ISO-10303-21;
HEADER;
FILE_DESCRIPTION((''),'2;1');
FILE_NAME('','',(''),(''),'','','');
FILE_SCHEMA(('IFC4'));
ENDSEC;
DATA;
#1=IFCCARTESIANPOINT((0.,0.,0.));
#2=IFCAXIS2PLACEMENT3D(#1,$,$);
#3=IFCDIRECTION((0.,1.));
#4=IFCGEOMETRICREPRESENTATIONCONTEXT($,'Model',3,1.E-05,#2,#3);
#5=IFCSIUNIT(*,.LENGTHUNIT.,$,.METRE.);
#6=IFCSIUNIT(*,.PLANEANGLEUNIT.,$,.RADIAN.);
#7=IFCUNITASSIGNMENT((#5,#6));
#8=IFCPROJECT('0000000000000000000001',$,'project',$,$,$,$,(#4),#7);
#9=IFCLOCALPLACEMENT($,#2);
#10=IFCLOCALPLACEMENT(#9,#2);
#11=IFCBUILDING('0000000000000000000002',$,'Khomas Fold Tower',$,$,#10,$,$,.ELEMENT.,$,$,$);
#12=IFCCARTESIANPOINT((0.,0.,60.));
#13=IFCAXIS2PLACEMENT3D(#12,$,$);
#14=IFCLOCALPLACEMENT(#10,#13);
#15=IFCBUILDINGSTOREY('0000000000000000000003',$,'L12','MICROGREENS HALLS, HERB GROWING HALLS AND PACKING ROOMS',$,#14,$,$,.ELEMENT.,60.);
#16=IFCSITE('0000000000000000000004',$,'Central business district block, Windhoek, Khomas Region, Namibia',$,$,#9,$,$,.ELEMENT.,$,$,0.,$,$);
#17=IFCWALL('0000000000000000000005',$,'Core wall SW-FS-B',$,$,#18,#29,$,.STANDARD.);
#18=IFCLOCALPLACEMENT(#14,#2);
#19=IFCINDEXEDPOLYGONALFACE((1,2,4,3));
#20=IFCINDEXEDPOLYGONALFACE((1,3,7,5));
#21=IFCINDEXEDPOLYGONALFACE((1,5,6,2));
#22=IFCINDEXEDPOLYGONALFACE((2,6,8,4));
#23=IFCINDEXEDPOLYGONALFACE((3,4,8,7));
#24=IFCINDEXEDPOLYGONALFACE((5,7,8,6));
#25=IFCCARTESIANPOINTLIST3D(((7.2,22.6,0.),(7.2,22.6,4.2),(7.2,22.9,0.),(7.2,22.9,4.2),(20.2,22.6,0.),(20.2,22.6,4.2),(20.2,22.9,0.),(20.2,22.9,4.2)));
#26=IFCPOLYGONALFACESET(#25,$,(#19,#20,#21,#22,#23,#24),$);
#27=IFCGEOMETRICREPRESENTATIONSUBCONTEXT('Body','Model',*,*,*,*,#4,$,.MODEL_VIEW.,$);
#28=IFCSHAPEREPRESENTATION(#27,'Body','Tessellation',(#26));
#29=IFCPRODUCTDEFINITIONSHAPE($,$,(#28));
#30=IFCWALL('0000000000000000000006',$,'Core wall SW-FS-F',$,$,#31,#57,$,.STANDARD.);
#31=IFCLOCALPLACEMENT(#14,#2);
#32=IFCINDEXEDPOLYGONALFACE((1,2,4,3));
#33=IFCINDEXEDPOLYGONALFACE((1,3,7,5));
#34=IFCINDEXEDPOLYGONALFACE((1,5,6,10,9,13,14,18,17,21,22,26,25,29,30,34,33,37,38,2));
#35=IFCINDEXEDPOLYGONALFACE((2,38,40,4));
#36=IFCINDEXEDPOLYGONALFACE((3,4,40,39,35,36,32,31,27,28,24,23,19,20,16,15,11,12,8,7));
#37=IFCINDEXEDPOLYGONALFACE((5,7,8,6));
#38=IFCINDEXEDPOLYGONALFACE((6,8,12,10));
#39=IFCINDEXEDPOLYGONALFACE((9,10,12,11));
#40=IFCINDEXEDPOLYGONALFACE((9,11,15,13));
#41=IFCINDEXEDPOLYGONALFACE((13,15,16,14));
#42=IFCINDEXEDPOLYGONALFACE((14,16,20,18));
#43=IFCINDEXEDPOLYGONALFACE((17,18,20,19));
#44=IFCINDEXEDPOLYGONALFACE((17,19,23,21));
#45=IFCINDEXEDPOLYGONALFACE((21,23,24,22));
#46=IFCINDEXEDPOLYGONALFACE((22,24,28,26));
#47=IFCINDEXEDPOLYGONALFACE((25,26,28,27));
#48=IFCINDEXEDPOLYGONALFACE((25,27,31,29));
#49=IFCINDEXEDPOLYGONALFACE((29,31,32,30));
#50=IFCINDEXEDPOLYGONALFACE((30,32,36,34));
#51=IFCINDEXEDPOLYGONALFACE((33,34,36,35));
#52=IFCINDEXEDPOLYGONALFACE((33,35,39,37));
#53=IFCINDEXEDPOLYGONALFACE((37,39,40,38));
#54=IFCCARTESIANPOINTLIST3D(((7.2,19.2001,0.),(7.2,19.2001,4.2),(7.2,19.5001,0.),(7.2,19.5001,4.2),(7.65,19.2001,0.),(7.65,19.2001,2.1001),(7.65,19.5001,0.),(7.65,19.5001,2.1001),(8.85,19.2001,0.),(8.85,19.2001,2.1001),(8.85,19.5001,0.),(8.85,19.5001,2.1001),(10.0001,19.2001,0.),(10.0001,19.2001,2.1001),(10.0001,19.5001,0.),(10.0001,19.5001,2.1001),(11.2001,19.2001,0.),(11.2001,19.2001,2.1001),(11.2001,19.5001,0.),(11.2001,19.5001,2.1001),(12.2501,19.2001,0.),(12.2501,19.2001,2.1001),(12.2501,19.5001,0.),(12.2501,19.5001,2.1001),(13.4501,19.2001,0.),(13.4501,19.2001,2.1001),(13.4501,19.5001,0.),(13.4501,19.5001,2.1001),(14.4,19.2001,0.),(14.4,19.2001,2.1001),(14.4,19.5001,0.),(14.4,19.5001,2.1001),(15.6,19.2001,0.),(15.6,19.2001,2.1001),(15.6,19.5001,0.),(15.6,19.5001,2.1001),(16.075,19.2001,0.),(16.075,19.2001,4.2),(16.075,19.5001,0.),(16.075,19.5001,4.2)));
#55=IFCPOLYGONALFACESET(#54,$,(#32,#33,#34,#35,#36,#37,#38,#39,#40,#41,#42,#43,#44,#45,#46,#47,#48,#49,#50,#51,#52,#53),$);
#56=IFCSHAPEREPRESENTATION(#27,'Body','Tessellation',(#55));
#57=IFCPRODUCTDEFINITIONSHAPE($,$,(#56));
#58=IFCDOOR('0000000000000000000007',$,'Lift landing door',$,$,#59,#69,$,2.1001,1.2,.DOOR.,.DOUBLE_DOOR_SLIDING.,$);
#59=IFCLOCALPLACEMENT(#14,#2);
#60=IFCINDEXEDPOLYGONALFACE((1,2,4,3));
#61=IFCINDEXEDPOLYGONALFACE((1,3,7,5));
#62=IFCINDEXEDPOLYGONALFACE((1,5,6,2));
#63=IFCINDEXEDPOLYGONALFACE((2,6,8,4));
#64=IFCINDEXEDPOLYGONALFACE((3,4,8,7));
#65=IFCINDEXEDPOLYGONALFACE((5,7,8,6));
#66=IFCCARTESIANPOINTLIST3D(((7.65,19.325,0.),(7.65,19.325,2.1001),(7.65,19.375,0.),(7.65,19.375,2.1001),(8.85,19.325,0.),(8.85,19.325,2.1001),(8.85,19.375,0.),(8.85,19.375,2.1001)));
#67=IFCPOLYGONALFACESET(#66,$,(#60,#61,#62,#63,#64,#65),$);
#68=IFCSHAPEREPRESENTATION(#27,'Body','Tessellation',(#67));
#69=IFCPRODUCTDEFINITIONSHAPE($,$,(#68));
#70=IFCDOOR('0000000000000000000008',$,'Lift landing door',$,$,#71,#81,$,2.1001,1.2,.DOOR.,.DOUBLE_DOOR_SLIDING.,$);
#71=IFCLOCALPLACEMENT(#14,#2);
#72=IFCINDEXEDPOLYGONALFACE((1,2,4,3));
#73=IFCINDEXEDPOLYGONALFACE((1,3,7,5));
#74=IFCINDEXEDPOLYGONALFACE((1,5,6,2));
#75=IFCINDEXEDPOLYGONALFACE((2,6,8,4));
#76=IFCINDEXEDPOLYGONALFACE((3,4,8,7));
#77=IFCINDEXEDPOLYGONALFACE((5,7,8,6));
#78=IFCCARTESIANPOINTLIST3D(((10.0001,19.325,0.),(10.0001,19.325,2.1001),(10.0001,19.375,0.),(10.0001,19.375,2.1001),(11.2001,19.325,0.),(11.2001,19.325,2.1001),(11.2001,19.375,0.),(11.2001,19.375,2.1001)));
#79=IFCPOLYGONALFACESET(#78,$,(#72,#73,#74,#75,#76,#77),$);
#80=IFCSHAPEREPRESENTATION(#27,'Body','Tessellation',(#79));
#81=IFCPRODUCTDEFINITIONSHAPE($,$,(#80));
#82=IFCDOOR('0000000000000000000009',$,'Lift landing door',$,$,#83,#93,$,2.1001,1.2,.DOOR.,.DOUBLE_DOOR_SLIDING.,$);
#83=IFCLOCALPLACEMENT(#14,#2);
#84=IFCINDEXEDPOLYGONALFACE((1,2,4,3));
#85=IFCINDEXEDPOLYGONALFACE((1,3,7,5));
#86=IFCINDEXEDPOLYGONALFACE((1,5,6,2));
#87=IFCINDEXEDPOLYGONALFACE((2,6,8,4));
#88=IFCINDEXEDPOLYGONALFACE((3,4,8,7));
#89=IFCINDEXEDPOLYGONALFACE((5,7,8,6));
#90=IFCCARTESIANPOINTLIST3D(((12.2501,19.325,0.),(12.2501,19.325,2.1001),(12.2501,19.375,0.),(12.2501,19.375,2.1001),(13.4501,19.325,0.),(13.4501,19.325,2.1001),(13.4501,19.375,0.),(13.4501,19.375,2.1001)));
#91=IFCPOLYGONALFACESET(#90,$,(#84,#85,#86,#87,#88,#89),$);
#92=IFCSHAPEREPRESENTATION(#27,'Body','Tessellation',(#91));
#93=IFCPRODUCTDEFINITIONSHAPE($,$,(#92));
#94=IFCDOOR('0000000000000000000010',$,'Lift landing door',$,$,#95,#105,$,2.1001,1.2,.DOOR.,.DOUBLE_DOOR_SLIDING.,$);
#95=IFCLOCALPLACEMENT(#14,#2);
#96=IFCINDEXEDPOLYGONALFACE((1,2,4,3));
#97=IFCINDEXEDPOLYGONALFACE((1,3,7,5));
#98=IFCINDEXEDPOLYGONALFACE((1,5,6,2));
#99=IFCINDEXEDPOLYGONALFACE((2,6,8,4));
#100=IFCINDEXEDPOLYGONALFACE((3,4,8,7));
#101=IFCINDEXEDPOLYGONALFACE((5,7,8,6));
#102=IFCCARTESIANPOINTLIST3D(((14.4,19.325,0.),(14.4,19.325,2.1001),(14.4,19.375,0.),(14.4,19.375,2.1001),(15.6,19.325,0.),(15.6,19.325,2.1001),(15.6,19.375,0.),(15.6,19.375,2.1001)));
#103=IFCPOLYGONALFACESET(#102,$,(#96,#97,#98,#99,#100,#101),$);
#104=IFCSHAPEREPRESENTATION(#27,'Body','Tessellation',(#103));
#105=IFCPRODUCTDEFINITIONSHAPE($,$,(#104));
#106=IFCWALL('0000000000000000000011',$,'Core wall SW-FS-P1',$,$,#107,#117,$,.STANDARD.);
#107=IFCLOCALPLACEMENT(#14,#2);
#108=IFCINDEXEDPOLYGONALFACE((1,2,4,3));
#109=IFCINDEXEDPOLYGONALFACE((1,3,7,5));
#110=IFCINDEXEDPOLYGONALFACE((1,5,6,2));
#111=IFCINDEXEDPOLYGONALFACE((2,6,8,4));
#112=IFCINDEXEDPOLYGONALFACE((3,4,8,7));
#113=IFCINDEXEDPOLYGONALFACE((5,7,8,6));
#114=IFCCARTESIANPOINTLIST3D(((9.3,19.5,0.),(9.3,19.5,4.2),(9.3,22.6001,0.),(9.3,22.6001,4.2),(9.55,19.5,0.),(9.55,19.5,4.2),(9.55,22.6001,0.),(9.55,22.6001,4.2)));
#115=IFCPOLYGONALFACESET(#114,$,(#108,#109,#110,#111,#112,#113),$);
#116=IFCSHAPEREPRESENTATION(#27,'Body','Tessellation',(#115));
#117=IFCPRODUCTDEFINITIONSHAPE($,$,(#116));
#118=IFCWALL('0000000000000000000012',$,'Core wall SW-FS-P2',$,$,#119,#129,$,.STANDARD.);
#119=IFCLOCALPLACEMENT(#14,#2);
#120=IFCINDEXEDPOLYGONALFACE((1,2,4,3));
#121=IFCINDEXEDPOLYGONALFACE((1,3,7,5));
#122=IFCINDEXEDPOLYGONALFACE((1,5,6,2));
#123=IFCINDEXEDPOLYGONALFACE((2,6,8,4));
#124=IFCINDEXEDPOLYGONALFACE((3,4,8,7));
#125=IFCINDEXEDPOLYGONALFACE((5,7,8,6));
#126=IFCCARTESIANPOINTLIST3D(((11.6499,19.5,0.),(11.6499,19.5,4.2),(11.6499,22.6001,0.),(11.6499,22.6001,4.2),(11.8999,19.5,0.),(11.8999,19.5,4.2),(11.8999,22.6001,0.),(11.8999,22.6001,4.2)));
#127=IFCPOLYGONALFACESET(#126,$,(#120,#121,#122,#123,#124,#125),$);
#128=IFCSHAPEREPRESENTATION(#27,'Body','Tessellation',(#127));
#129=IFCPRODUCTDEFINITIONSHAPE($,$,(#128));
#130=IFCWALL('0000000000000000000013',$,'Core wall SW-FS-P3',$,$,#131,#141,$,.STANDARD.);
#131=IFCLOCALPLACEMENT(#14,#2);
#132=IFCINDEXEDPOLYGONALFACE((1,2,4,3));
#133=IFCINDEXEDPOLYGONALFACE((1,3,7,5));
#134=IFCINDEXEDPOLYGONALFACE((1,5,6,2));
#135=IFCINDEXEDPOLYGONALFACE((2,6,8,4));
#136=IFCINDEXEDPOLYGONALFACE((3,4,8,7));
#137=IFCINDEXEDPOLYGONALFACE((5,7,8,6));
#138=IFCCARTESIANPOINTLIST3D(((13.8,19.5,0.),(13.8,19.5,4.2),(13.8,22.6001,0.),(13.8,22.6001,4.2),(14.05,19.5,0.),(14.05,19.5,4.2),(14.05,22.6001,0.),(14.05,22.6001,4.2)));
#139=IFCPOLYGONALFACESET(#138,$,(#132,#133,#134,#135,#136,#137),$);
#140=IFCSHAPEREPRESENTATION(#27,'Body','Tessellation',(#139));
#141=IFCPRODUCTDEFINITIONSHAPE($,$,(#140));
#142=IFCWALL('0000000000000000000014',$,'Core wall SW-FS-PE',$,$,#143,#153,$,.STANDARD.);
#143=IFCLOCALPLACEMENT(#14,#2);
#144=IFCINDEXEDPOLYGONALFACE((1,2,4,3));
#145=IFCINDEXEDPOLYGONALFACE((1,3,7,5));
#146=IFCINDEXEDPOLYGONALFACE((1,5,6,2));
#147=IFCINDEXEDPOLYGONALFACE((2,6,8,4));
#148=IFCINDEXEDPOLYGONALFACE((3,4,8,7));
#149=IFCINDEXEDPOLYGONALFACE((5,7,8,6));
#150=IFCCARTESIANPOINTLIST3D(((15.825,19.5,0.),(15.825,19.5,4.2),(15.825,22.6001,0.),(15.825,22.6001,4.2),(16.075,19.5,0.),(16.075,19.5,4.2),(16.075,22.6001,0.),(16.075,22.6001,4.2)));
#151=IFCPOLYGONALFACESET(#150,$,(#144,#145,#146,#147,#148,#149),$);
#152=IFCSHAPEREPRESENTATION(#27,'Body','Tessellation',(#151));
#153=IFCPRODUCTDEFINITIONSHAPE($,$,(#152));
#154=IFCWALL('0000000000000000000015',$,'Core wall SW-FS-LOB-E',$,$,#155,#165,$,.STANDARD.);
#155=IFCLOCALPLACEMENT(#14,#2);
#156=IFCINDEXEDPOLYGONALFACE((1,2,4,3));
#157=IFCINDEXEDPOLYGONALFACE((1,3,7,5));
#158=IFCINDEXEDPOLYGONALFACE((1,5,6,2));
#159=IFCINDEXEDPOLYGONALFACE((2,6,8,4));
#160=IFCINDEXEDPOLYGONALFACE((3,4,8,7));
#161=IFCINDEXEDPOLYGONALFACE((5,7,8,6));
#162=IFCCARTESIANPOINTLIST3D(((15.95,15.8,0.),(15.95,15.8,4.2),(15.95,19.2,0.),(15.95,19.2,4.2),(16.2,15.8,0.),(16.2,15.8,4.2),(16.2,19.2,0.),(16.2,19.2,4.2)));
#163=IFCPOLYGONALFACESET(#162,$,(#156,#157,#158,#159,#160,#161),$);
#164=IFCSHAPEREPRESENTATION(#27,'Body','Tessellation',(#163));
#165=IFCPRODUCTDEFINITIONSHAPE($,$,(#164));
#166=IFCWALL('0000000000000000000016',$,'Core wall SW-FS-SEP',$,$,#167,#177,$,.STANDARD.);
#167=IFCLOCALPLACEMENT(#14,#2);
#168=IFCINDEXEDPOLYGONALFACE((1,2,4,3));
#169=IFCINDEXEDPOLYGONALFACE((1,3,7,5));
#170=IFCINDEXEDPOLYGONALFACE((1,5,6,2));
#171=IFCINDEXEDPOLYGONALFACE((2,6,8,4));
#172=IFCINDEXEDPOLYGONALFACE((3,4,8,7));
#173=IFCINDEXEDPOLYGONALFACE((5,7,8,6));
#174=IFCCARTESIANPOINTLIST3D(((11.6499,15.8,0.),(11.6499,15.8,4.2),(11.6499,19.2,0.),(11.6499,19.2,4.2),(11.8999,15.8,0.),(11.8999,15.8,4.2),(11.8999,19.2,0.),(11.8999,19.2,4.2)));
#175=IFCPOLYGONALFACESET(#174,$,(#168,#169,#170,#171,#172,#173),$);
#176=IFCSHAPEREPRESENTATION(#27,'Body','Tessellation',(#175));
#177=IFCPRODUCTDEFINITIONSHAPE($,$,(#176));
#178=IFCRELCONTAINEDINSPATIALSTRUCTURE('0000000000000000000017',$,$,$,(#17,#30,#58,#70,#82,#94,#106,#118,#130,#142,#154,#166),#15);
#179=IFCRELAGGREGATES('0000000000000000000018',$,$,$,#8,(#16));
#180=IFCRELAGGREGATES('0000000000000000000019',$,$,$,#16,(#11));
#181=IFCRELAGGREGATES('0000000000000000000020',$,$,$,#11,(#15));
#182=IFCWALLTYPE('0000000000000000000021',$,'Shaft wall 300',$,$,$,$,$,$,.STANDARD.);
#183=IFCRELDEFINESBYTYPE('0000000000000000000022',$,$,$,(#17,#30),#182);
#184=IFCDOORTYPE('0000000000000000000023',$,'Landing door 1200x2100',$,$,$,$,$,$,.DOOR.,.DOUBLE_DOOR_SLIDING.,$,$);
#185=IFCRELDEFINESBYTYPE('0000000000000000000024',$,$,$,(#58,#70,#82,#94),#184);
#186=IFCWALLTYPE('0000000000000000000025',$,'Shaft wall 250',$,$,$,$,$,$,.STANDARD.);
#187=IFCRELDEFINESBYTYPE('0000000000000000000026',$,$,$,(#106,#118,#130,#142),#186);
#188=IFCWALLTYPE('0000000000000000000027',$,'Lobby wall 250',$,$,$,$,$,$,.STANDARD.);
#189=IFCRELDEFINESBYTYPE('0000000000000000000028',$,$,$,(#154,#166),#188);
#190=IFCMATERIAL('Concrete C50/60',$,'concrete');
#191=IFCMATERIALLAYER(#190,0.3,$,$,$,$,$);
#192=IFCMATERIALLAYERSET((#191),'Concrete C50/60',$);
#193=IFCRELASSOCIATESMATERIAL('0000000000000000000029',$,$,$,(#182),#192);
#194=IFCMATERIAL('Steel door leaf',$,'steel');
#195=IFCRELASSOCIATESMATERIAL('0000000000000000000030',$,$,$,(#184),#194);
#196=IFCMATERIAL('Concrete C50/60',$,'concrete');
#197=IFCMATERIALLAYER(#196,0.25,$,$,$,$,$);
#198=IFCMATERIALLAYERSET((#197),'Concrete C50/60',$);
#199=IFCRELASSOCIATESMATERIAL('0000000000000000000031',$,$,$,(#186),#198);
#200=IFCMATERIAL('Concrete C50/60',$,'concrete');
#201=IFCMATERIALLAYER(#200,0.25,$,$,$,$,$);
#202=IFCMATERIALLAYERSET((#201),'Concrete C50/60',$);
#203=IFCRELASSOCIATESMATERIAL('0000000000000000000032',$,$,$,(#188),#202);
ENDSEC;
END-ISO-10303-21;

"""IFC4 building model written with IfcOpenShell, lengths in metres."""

from ifc_helpers import new_model, si_unit, direction, frame, frame_2d, origin, place, context, subcontext, project, spatial, rectangle, extrude, source, transform, mapped, material, layer, layer_set, type_object, element, fill, save


model = new_model("IFC4")

# Units and contexts
model_context = context("Model", 3, precision=1e-05, world=origin(), true_north=direction((0.0, 1.0)))
body_context = subcontext(model_context, "Body", "Model", "MODEL_VIEW")
ifc_project = project(units=[si_unit("LENGTHUNIT", "METRE"), si_unit("PLANEANGLEUNIT", "RADIAN")], contexts=[model_context])

# Site, building, storey
site_placement = place(None, origin())
site = spatial("IfcSite", under=ifc_project, at=site_placement, Name="Central business district block, Windhoek, Khomas Region, Namibia", CompositionType="ELEMENT", RefElevation=0.0)
building_placement = place(site_placement, origin())
building = spatial("IfcBuilding", under=site, at=building_placement, Name="Khomas Fold Tower", CompositionType="ELEMENT")
storey_placement = place(building_placement, frame((0.0, 0.0, 60.0)))
storey = spatial("IfcBuildingStorey", under=building, at=storey_placement, Name="L12", Description="MICROGREENS HALLS, HERB GROWING HALLS AND PACKING ROOMS", CompositionType="ELEMENT", Elevation=60.0)

# Wall
ifc_material_1 = material(Name="Concrete C50/60", Category="concrete")
ifc_layer_1 = layer(ifc_material_1, 0.3)
ifc_layer_set_1 = layer_set([ifc_layer_1], Name="Concrete C50/60")
wall_type_1 = type_object("IfcWallType", Name="Shaft wall 300", PredefinedType="STANDARD", material=ifc_layer_set_1)
shared_shape_1 = source(origin(), body_context, "Body", "SweptSolid", [
    extrude(rectangle(XDim=13.0, YDim=0.3, at=frame_2d((6.5, 0.0))), origin(), (0.0, 0.0, 1.0), 4.2),
])
wall_1_placement = place(storey_placement, frame((7.2, 22.75, 0.0), z_axis=(0.0, 0.0, 1.0), x_axis=(1.0, 0.0, 0.0)))
element("IfcWall", 1, at=wall_1_placement, inside=storey, type_object=wall_type_1, Name="Core wall SW-FS-B", PredefinedType="STANDARD", context=body_context, shape_type="MappedRepresentation", body=[
    mapped(shared_shape_1, transform((0.0, 0.0, 0.0))),
])

# Wall, openings, doors
shared_shape_2 = source(origin(), body_context, "Body", "SweptSolid", [
    extrude(rectangle(XDim=8.875, YDim=0.3, at=frame_2d((4.4375, 0.0))), origin(), (0.0, 0.0, 1.0), 4.2),
])
wall_2_placement = place(storey_placement, frame((7.2, 19.3501, 0.0), z_axis=(0.0, 0.0, 1.0), x_axis=(1.0, 0.0, 0.0)))
wall_2 = element("IfcWall", 2, at=wall_2_placement, inside=storey, type_object=wall_type_1, Name="Core wall SW-FS-F", PredefinedType="STANDARD", context=body_context, shape_type="MappedRepresentation", body=[
    mapped(shared_shape_2, transform((0.0, 0.0, 0.0))),
])
shared_shape_3 = source(origin(), body_context, "Body", "SweptSolid", [
    extrude(rectangle(XDim=1.2, YDim=2.1001, at=frame_2d((0.6001, 1.05))), frame((0.0, 0.1599, 0.0), z_axis=(0.0, -1.0, 0.0), x_axis=(1.0, 0.0, 0.0)), (0.0, 0.0, 1.0), 0.3201),
])
opening_1_placement = place(wall_2_placement, frame((0.45, 0.0, 0.0)))
opening_1 = element("IfcOpeningElement", 3, at=opening_1_placement, cuts=wall_2, PredefinedType="OPENING", context=body_context, shape_type="MappedRepresentation", body=[
    mapped(shared_shape_3, transform((0.0, 0.0, 0.0))),
])
opening_2_placement = place(wall_2_placement, frame((2.8, 0.0, 0.0)))
opening_2 = element("IfcOpeningElement", 4, at=opening_2_placement, cuts=wall_2, PredefinedType="OPENING", context=body_context, shape_type="MappedRepresentation", body=[
    mapped(shared_shape_3, transform((0.0, 0.0, 0.0))),
])
opening_3_placement = place(wall_2_placement, frame((5.05, 0.0, 0.0)))
opening_3 = element("IfcOpeningElement", 5, at=opening_3_placement, cuts=wall_2, PredefinedType="OPENING", context=body_context, shape_type="MappedRepresentation", body=[
    mapped(shared_shape_3, transform((0.0, 0.0, 0.0))),
])
opening_4_placement = place(wall_2_placement, frame((7.2, 0.0, 0.0)))
opening_4 = element("IfcOpeningElement", 6, at=opening_4_placement, cuts=wall_2, PredefinedType="OPENING", context=body_context, shape_type="MappedRepresentation", body=[
    mapped(shared_shape_3, transform((0.0, 0.0, 0.0))),
])
ifc_material_2 = material(Name="Steel door leaf", Category="steel")
door_type_1 = type_object("IfcDoorType", Name="Landing door 1200x2100", OperationType="DOUBLE_DOOR_SLIDING", PredefinedType="DOOR", material=ifc_material_2)
shared_shape_4 = source(origin(), body_context, "Body", "SweptSolid", [
    extrude(rectangle(XDim=1.2, YDim=2.1001, at=frame_2d((0.6001, 1.05))), frame((0.0, 0.0249, 0.0), z_axis=(0.0, -1.0, 0.0), x_axis=(1.0, 0.0, 0.0)), (0.0, 0.0, 1.0), 0.05),
])
door_1_placement = place(opening_1_placement, origin())
door_1 = element("IfcDoor", 7, at=door_1_placement, inside=storey, type_object=door_type_1, Name="Lift landing door", OperationType="DOUBLE_DOOR_SLIDING", OverallHeight=2.1001, OverallWidth=1.2, PredefinedType="DOOR", context=body_context, shape_type="MappedRepresentation", body=[
    mapped(shared_shape_4, transform((0.0, 0.0, 0.0))),
])
fill(opening_1, door_1)
door_2_placement = place(opening_2_placement, origin())
door_2 = element("IfcDoor", 8, at=door_2_placement, inside=storey, type_object=door_type_1, Name="Lift landing door", OperationType="DOUBLE_DOOR_SLIDING", OverallHeight=2.1001, OverallWidth=1.2, PredefinedType="DOOR", context=body_context, shape_type="MappedRepresentation", body=[
    mapped(shared_shape_4, transform((0.0, 0.0, 0.0))),
])
fill(opening_2, door_2)
door_3_placement = place(opening_3_placement, origin())
door_3 = element("IfcDoor", 9, at=door_3_placement, inside=storey, type_object=door_type_1, Name="Lift landing door", OperationType="DOUBLE_DOOR_SLIDING", OverallHeight=2.1001, OverallWidth=1.2, PredefinedType="DOOR", context=body_context, shape_type="MappedRepresentation", body=[
    mapped(shared_shape_4, transform((0.0, 0.0, 0.0))),
])
fill(opening_3, door_3)
door_4_placement = place(opening_4_placement, origin())
door_4 = element("IfcDoor", 10, at=door_4_placement, inside=storey, type_object=door_type_1, Name="Lift landing door", OperationType="DOUBLE_DOOR_SLIDING", OverallHeight=2.1001, OverallWidth=1.2, PredefinedType="DOOR", context=body_context, shape_type="MappedRepresentation", body=[
    mapped(shared_shape_4, transform((0.0, 0.0, 0.0))),
])
fill(opening_4, door_4)

# Walls
ifc_material_3 = material(Name="Concrete C50/60", Category="concrete")
ifc_layer_2 = layer(ifc_material_3, 0.25)
ifc_layer_set_2 = layer_set([ifc_layer_2], Name="Concrete C50/60")
wall_type_2 = type_object("IfcWallType", Name="Shaft wall 250", PredefinedType="STANDARD", material=ifc_layer_set_2)
shared_shape_5 = source(origin(), body_context, "Body", "SweptSolid", [
    extrude(rectangle(XDim=3.1001, YDim=0.25, at=frame_2d((1.55, 0.0))), origin(), (0.0, 0.0, 1.0), 4.2),
])
for number, where, z_axis, x_axis, name in (
    (11, (9.425, 19.5, 0.0), (0.0, 0.0, 1.0), (0.0, 1.0, 0.0), "Core wall SW-FS-P1"),
    (12, (11.7749, 19.5, 0.0), (0.0, 0.0, 1.0), (0.0, 1.0, 0.0), "Core wall SW-FS-P2"),
    (13, (13.925, 19.5, 0.0), (0.0, 0.0, 1.0), (0.0, 1.0, 0.0), "Core wall SW-FS-P3"),
    (14, (15.95, 19.5, 0.0), (0.0, 0.0, 1.0), (0.0, 1.0, 0.0), "Core wall SW-FS-PE"),
):
    element("IfcWall", number, at=place(storey_placement, frame(where, z_axis=z_axis, x_axis=x_axis)), inside=storey, type_object=wall_type_2, Name=name, PredefinedType="STANDARD", context=body_context, shape_type="MappedRepresentation", body=[
        mapped(shared_shape_5, transform((0.0, 0.0, 0.0))),
    ])
ifc_material_4 = material(Name="Concrete C50/60", Category="concrete")
ifc_layer_3 = layer(ifc_material_4, 0.25)
ifc_layer_set_3 = layer_set([ifc_layer_3], Name="Concrete C50/60")
wall_type_3 = type_object("IfcWallType", Name="Lobby wall 250", PredefinedType="STANDARD", material=ifc_layer_set_3)
shared_shape_6 = source(origin(), body_context, "Body", "SweptSolid", [
    extrude(rectangle(XDim=3.3999, YDim=0.25, at=frame_2d((1.7, 0.0))), origin(), (0.0, 0.0, 1.0), 4.2),
])
for number, where, z_axis, x_axis, name in (
    (15, (16.075, 15.8, 0.0), (0.0, 0.0, 1.0), (0.0, 1.0, 0.0), "Core wall SW-FS-LOB-E"),
    (16, (11.7749, 15.8, 0.0), (0.0, 0.0, 1.0), (0.0, 1.0, 0.0), "Core wall SW-FS-SEP"),
):
    element("IfcWall", number, at=place(storey_placement, frame(where, z_axis=z_axis, x_axis=x_axis)), inside=storey, type_object=wall_type_3, Name=name, PredefinedType="STANDARD", context=body_context, shape_type="MappedRepresentation", body=[
        mapped(shared_shape_6, transform((0.0, 0.0, 0.0))),
    ])

save(model, "model.ifc")
